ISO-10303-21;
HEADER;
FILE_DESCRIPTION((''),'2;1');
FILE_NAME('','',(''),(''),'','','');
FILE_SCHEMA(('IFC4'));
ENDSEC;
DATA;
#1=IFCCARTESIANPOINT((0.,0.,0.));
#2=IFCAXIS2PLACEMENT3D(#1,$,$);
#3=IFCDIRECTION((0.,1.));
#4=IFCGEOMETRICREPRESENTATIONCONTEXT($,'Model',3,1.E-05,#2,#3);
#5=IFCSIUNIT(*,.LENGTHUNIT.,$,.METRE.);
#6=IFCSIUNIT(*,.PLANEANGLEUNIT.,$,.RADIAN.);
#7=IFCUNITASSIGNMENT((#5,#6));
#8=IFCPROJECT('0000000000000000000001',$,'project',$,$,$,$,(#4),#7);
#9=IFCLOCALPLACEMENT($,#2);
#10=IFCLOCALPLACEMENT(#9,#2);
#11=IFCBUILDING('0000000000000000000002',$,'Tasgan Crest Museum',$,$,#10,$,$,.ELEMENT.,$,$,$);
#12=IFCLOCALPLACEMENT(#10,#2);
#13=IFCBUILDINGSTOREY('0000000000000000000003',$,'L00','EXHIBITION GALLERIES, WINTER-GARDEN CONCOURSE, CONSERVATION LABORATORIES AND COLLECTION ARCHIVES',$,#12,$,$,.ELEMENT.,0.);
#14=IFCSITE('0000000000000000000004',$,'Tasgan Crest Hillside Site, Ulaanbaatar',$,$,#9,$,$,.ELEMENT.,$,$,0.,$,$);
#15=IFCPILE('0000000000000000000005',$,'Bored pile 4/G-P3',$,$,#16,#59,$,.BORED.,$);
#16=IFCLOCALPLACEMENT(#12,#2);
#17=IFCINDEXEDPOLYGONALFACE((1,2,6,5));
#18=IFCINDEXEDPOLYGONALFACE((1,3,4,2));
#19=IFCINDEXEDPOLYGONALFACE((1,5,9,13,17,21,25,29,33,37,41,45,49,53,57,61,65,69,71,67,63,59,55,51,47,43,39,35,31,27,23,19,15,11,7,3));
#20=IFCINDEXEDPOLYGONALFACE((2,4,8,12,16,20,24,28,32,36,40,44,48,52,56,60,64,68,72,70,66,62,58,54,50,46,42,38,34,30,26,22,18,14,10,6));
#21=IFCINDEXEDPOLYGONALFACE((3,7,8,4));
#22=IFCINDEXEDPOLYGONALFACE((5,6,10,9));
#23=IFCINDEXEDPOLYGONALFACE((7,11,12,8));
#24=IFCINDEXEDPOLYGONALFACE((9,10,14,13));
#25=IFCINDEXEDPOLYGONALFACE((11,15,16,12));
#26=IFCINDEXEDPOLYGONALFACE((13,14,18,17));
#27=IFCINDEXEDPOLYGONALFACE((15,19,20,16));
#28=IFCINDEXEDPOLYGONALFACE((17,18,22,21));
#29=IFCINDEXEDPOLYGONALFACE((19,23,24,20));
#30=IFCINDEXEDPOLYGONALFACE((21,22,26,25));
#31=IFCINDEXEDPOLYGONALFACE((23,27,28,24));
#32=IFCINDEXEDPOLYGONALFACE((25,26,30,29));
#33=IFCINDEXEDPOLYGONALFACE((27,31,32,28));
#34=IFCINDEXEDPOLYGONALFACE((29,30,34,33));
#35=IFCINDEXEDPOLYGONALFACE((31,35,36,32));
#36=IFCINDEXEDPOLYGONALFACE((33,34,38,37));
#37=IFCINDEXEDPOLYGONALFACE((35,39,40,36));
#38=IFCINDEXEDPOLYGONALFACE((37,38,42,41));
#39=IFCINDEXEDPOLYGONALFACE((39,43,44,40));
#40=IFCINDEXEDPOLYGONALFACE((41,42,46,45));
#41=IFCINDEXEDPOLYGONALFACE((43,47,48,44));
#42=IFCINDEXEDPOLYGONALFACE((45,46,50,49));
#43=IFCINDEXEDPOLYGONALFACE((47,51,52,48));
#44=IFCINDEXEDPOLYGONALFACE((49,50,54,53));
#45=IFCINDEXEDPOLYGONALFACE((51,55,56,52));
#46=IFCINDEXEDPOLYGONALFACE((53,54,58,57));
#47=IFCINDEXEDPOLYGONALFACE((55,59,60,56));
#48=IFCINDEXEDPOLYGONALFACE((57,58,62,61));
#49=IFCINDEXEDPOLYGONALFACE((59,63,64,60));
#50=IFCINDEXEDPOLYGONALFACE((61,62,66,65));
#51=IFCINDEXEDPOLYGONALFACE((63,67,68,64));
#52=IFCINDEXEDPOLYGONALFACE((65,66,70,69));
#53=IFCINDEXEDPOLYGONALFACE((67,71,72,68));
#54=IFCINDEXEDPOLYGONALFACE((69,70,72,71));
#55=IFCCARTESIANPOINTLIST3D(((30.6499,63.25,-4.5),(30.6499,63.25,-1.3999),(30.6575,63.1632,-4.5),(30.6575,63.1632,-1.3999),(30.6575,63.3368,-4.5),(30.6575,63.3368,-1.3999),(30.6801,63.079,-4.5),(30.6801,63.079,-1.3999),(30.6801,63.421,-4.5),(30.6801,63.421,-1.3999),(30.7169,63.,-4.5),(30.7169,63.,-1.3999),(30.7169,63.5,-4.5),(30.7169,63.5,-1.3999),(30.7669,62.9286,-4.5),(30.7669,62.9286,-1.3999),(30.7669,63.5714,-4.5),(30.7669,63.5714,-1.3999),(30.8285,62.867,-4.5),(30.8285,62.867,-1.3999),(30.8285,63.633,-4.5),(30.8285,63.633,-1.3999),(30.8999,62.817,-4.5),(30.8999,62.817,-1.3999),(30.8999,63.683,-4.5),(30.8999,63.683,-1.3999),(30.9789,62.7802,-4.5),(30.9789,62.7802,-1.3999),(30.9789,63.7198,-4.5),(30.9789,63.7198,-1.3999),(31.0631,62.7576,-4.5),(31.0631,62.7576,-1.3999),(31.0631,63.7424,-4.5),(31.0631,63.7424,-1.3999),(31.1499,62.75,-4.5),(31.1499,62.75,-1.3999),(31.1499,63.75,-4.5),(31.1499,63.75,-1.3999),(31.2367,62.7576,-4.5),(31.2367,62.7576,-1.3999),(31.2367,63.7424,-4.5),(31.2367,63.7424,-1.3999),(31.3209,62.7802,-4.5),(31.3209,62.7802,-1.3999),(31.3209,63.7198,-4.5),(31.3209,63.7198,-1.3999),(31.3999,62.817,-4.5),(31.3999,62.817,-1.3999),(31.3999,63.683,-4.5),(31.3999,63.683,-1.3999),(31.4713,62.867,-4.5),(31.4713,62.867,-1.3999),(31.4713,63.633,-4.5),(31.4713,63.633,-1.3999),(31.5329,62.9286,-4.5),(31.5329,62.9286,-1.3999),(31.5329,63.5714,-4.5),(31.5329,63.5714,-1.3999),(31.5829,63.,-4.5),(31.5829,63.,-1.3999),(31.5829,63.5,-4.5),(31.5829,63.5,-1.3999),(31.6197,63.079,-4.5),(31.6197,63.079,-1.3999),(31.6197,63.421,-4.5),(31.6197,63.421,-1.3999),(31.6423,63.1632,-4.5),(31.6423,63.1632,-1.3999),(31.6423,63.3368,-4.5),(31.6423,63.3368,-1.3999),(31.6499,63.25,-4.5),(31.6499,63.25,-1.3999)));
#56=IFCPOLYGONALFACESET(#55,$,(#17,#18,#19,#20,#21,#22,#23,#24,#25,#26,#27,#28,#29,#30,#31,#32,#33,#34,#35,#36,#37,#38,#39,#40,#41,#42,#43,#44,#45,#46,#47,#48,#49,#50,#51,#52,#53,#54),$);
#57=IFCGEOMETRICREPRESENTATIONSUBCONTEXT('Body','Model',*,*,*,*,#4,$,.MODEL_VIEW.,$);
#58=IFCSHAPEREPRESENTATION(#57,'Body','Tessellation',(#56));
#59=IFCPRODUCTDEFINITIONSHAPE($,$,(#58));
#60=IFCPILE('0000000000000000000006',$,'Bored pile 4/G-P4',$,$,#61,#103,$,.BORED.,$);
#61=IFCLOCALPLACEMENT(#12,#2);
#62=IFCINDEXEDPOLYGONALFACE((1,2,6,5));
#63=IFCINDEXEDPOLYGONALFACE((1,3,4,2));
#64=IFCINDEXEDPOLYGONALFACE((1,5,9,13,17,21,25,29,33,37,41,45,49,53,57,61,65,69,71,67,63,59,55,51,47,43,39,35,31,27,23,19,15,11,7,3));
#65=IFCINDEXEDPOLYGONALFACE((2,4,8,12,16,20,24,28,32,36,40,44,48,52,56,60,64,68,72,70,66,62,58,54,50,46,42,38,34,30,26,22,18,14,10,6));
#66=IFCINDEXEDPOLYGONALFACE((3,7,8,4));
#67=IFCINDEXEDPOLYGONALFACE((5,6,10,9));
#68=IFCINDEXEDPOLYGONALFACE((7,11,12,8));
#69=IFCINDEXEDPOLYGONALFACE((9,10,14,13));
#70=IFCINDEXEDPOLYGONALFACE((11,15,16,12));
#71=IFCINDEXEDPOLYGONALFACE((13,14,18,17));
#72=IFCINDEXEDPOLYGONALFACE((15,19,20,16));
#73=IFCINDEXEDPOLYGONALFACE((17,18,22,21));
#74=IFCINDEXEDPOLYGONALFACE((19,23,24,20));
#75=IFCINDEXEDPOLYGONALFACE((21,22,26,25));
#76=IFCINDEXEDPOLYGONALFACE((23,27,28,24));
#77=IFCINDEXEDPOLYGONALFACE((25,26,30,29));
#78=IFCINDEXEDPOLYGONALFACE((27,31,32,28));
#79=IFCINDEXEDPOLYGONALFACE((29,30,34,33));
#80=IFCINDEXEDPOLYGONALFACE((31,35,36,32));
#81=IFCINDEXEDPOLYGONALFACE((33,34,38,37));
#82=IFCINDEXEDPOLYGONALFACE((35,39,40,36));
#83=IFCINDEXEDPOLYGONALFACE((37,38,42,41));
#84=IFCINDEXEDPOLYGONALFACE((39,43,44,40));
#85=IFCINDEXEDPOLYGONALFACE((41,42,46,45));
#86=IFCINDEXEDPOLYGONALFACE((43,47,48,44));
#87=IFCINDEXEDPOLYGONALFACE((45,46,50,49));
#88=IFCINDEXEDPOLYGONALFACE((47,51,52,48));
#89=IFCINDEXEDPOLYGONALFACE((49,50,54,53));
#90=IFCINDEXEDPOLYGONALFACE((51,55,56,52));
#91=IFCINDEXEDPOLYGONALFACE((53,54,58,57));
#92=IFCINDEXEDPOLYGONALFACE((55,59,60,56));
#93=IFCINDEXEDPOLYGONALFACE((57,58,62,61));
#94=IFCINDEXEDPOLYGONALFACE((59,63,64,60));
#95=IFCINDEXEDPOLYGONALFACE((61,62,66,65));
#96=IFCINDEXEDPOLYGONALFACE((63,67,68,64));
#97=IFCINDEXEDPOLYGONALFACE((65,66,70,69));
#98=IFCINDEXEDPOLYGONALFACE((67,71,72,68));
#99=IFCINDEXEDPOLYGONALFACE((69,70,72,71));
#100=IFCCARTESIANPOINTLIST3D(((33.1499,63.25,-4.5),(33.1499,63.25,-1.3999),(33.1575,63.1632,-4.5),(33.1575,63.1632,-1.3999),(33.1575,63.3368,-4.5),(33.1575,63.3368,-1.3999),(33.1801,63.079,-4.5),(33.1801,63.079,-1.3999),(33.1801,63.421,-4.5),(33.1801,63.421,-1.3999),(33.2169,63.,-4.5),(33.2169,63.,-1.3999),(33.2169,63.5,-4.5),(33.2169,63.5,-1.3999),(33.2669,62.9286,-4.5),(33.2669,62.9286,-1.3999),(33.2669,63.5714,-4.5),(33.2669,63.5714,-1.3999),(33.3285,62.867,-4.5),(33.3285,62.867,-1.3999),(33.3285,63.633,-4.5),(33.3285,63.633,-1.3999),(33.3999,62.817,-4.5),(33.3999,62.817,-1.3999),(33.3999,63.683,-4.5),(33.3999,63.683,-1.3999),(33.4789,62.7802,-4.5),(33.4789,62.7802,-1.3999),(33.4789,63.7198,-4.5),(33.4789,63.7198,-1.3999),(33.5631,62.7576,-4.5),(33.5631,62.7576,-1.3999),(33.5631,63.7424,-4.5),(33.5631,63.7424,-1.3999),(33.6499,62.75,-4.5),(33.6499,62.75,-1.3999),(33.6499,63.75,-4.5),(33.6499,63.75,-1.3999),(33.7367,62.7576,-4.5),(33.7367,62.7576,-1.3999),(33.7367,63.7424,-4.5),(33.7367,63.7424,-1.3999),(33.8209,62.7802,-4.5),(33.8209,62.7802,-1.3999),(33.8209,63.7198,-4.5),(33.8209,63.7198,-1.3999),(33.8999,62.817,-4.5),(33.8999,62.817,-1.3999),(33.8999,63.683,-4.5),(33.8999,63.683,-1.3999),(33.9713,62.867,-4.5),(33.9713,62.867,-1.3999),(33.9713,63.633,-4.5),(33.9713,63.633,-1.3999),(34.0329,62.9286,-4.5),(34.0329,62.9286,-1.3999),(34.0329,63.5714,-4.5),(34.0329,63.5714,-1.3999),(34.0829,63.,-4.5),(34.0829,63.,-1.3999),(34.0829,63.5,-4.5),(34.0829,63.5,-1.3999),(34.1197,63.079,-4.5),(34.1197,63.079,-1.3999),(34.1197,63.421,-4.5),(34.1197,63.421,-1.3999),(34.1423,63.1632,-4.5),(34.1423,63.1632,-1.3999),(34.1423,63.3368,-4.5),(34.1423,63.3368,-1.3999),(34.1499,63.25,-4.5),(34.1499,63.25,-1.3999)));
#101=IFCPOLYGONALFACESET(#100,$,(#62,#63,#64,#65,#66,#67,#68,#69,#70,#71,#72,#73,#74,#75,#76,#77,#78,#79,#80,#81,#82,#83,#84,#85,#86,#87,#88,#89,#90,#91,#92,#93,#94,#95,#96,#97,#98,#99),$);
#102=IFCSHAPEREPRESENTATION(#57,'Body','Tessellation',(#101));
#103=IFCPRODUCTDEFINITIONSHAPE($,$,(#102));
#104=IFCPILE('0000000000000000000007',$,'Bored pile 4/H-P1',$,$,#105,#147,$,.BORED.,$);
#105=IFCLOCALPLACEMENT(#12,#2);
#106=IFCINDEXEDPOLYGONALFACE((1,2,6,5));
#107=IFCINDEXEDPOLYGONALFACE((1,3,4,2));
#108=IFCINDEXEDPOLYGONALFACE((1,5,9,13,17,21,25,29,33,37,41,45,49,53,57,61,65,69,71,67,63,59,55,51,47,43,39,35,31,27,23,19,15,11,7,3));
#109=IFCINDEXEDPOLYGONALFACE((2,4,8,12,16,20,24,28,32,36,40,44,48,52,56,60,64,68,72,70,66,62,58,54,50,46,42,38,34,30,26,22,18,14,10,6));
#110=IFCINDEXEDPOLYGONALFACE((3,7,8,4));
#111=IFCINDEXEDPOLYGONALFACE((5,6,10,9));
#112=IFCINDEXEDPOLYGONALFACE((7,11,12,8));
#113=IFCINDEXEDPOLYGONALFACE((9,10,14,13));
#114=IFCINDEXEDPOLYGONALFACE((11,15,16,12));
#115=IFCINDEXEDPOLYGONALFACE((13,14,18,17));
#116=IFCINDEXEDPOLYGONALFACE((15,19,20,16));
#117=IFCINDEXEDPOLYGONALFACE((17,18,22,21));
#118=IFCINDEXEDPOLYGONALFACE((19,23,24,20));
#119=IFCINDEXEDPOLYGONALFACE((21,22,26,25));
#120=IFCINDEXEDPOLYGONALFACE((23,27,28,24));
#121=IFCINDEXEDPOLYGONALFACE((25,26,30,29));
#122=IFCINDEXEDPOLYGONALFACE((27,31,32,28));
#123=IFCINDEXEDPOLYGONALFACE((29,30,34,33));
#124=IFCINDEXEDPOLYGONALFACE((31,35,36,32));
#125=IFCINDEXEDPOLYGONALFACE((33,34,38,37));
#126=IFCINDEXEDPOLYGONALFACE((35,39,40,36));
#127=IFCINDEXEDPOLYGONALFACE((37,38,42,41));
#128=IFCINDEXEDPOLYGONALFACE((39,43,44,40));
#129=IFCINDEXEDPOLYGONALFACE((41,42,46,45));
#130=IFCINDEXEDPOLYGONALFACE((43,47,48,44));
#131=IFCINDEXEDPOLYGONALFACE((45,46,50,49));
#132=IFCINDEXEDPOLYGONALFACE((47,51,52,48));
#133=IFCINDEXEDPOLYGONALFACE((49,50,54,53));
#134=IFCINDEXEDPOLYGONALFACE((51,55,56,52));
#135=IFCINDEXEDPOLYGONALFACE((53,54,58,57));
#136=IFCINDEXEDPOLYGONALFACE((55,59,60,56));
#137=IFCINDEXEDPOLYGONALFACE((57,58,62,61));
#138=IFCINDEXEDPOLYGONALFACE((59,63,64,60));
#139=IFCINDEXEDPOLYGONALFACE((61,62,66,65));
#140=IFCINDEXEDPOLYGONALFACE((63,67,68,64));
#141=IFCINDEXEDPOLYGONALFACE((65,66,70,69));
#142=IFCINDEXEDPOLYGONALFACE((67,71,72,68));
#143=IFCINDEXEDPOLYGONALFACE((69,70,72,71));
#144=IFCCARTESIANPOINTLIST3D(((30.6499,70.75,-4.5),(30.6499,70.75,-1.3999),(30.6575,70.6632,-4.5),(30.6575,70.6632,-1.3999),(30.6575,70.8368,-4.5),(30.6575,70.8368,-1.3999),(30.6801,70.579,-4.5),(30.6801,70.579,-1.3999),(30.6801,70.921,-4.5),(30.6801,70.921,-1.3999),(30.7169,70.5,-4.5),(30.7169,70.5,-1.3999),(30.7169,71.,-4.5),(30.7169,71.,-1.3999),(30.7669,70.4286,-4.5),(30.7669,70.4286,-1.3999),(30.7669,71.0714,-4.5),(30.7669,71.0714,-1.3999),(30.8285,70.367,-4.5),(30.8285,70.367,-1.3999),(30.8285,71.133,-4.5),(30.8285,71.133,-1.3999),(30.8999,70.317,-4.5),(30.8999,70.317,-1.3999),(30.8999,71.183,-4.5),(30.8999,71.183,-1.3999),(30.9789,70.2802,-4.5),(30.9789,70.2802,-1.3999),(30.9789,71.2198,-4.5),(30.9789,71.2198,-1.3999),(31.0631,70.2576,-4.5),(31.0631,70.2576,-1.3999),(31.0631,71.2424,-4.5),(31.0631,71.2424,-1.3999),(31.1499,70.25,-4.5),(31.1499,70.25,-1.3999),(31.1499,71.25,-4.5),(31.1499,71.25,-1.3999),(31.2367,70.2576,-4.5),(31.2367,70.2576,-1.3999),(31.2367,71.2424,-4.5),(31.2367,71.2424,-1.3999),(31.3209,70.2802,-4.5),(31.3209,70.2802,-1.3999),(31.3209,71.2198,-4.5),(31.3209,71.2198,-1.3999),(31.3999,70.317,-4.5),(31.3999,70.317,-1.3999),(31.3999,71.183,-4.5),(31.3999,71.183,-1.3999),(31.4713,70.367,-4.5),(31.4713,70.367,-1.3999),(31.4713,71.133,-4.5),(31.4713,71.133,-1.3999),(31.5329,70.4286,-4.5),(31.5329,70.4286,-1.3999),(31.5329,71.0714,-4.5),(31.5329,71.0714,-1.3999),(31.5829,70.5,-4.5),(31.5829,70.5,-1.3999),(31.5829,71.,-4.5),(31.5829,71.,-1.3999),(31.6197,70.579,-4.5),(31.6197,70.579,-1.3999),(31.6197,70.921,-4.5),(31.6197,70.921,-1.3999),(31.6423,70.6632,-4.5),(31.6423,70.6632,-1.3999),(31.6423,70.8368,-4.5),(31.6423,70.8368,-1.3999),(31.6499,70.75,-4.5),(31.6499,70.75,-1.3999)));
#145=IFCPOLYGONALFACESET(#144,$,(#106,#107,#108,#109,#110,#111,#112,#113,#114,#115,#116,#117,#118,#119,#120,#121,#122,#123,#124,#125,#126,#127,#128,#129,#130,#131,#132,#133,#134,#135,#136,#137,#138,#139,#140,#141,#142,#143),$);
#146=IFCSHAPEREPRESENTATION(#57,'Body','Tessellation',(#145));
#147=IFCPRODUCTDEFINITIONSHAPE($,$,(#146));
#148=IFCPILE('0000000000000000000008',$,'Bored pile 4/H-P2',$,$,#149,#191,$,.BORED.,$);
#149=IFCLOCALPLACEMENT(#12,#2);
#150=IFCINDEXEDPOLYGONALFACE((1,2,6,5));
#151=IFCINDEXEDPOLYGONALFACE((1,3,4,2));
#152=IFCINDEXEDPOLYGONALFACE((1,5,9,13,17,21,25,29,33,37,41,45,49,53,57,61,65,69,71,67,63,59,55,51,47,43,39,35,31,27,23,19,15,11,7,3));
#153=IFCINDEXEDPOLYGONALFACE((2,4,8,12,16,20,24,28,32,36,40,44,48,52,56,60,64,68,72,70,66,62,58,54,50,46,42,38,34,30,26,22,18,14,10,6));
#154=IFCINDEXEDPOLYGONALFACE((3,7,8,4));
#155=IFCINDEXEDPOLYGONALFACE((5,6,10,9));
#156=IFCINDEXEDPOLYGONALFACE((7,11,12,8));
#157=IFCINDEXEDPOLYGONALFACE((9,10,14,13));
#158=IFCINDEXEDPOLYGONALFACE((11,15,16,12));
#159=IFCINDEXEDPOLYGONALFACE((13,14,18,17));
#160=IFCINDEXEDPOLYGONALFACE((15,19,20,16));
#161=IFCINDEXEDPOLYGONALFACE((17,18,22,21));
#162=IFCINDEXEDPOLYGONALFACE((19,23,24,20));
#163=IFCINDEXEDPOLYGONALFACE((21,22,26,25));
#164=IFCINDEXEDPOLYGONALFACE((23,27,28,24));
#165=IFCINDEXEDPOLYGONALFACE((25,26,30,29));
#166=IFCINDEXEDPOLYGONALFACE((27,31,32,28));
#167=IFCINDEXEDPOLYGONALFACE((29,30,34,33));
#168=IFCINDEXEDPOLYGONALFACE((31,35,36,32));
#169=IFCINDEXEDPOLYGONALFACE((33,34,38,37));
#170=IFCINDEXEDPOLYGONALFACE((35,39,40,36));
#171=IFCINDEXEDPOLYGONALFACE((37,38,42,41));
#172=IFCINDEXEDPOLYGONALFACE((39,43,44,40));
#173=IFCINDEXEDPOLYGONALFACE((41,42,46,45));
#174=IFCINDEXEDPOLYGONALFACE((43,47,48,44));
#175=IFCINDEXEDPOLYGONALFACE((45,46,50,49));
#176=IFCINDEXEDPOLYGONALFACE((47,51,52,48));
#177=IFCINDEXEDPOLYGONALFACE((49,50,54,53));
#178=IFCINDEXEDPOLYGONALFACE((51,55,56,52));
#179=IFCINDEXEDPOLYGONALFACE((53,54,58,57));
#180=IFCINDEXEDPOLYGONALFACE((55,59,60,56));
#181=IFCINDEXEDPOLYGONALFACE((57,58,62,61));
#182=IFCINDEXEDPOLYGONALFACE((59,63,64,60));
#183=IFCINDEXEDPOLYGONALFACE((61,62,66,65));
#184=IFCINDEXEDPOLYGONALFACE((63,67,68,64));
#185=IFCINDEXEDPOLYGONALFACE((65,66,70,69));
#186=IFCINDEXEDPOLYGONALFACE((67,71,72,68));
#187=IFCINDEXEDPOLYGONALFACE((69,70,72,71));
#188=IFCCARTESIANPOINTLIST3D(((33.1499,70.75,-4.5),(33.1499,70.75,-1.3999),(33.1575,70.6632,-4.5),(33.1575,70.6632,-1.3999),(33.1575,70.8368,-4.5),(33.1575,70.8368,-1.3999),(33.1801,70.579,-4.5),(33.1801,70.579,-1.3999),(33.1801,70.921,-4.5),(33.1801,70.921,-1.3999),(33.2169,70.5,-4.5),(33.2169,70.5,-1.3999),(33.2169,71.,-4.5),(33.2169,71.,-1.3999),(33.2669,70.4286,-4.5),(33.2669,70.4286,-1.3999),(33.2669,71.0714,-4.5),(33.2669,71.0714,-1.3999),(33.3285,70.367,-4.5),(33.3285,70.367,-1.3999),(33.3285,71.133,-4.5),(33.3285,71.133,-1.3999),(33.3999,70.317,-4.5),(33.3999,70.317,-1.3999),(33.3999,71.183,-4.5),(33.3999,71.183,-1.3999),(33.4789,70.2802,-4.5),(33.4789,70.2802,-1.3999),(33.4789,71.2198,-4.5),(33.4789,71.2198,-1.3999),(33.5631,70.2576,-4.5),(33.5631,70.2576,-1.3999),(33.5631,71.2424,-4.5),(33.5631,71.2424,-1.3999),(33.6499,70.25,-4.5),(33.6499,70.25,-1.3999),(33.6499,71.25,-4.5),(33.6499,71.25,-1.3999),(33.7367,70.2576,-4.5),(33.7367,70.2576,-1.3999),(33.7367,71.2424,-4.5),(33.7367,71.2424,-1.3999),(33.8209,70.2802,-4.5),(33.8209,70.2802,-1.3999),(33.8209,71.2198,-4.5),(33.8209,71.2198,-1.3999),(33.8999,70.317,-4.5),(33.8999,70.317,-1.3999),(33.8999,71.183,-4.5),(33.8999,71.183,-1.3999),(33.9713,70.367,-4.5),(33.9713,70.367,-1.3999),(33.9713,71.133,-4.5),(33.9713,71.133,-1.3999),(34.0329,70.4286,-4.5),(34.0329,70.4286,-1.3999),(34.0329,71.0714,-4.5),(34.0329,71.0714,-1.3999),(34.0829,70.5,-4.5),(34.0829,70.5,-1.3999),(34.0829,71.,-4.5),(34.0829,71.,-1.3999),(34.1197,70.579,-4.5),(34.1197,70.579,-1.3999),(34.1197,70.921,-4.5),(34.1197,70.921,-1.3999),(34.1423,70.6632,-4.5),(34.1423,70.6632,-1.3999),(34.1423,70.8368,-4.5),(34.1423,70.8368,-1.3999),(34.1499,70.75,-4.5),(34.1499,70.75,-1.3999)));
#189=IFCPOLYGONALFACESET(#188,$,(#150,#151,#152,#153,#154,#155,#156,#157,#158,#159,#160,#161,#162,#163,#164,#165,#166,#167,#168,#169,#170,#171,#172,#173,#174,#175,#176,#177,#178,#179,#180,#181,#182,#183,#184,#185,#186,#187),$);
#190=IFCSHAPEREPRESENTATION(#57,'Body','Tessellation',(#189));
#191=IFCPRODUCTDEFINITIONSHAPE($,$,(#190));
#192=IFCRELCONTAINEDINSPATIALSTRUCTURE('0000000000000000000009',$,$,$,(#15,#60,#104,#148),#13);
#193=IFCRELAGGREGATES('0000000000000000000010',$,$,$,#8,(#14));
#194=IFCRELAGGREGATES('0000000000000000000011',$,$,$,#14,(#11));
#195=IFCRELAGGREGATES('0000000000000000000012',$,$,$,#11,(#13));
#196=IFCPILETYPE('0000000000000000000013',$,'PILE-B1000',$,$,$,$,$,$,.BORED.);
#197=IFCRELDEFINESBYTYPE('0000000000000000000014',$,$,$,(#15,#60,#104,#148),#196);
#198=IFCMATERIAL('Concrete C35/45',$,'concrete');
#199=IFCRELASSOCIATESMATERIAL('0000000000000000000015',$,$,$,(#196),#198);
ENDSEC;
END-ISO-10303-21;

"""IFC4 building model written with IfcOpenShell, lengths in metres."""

from ifc_helpers import new_model, si_unit, direction, frame, origin, origin_2d, place, context, subcontext, project, spatial, circle, extrude, material, material_profile, profile_set, type_object, element, save


model = new_model("IFC4")

# Units and contexts
model_context = context("Model", 3, precision=1e-05, world=origin(), true_north=direction((0.0, 1.0)))
body_context = subcontext(model_context, "Body", "Model", "MODEL_VIEW")
ifc_project = project(units=[si_unit("LENGTHUNIT", "METRE"), si_unit("PLANEANGLEUNIT", "RADIAN")], contexts=[model_context])

# Site, building, storey
site_placement = place(None, origin())
site = spatial("IfcSite", under=ifc_project, at=site_placement, Name="Tasgan Crest Hillside Site, Ulaanbaatar", CompositionType="ELEMENT", RefElevation=0.0)
building_placement = place(site_placement, origin())
building = spatial("IfcBuilding", under=site, at=building_placement, Name="Tasgan Crest Museum", CompositionType="ELEMENT")
storey_placement = place(building_placement, origin())
storey = spatial("IfcBuildingStorey", under=building, at=storey_placement, Name="L00", Description="EXHIBITION GALLERIES, WINTER-GARDEN CONCOURSE, CONSERVATION LABORATORIES AND COLLECTION ARCHIVES", CompositionType="ELEMENT", Elevation=0.0)

# Piles
ifc_material_1 = material(Name="Concrete C35/45", Category="concrete")
ifc_material_profile_1 = material_profile(ifc_material_1, circle(Radius=0.5, at=origin_2d()), Name="PILE D1000")
ifc_profile_set_1 = profile_set([ifc_material_profile_1], Name="Concrete C35/45")
pile_type = type_object("IfcPileType", Name="PILE-B1000", PredefinedType="BORED", material=ifc_profile_set_1)
for number, where, z_axis, x_axis, name in (
    (1, (31.1499, 63.25, -1.3999), (0.0, 0.0, -1.0), (1.0, 0.0, 0.0), "Bored pile 4/G-P3"),
    (2, (33.6499, 63.25, -1.3999), (0.0, 0.0, -1.0), (1.0, 0.0, 0.0), "Bored pile 4/G-P4"),
    (3, (31.1499, 70.75, -1.3999), (0.0, 0.0, -1.0), (1.0, 0.0, 0.0), "Bored pile 4/H-P1"),
    (4, (33.6499, 70.75, -1.3999), (0.0, 0.0, -1.0), (1.0, 0.0, 0.0), "Bored pile 4/H-P2"),
):
    element("IfcPile", number, at=place(storey_placement, frame(where, z_axis=z_axis, x_axis=x_axis)), inside=storey, type_object=pile_type, Name=name, PredefinedType="BORED", context=body_context, shape_type="SweptSolid", body=[
        extrude(circle(Radius=0.5, at=origin_2d()), origin(), (0.0, 0.0, 1.0), 3.1001),
    ])

save(model, "model.ifc")
